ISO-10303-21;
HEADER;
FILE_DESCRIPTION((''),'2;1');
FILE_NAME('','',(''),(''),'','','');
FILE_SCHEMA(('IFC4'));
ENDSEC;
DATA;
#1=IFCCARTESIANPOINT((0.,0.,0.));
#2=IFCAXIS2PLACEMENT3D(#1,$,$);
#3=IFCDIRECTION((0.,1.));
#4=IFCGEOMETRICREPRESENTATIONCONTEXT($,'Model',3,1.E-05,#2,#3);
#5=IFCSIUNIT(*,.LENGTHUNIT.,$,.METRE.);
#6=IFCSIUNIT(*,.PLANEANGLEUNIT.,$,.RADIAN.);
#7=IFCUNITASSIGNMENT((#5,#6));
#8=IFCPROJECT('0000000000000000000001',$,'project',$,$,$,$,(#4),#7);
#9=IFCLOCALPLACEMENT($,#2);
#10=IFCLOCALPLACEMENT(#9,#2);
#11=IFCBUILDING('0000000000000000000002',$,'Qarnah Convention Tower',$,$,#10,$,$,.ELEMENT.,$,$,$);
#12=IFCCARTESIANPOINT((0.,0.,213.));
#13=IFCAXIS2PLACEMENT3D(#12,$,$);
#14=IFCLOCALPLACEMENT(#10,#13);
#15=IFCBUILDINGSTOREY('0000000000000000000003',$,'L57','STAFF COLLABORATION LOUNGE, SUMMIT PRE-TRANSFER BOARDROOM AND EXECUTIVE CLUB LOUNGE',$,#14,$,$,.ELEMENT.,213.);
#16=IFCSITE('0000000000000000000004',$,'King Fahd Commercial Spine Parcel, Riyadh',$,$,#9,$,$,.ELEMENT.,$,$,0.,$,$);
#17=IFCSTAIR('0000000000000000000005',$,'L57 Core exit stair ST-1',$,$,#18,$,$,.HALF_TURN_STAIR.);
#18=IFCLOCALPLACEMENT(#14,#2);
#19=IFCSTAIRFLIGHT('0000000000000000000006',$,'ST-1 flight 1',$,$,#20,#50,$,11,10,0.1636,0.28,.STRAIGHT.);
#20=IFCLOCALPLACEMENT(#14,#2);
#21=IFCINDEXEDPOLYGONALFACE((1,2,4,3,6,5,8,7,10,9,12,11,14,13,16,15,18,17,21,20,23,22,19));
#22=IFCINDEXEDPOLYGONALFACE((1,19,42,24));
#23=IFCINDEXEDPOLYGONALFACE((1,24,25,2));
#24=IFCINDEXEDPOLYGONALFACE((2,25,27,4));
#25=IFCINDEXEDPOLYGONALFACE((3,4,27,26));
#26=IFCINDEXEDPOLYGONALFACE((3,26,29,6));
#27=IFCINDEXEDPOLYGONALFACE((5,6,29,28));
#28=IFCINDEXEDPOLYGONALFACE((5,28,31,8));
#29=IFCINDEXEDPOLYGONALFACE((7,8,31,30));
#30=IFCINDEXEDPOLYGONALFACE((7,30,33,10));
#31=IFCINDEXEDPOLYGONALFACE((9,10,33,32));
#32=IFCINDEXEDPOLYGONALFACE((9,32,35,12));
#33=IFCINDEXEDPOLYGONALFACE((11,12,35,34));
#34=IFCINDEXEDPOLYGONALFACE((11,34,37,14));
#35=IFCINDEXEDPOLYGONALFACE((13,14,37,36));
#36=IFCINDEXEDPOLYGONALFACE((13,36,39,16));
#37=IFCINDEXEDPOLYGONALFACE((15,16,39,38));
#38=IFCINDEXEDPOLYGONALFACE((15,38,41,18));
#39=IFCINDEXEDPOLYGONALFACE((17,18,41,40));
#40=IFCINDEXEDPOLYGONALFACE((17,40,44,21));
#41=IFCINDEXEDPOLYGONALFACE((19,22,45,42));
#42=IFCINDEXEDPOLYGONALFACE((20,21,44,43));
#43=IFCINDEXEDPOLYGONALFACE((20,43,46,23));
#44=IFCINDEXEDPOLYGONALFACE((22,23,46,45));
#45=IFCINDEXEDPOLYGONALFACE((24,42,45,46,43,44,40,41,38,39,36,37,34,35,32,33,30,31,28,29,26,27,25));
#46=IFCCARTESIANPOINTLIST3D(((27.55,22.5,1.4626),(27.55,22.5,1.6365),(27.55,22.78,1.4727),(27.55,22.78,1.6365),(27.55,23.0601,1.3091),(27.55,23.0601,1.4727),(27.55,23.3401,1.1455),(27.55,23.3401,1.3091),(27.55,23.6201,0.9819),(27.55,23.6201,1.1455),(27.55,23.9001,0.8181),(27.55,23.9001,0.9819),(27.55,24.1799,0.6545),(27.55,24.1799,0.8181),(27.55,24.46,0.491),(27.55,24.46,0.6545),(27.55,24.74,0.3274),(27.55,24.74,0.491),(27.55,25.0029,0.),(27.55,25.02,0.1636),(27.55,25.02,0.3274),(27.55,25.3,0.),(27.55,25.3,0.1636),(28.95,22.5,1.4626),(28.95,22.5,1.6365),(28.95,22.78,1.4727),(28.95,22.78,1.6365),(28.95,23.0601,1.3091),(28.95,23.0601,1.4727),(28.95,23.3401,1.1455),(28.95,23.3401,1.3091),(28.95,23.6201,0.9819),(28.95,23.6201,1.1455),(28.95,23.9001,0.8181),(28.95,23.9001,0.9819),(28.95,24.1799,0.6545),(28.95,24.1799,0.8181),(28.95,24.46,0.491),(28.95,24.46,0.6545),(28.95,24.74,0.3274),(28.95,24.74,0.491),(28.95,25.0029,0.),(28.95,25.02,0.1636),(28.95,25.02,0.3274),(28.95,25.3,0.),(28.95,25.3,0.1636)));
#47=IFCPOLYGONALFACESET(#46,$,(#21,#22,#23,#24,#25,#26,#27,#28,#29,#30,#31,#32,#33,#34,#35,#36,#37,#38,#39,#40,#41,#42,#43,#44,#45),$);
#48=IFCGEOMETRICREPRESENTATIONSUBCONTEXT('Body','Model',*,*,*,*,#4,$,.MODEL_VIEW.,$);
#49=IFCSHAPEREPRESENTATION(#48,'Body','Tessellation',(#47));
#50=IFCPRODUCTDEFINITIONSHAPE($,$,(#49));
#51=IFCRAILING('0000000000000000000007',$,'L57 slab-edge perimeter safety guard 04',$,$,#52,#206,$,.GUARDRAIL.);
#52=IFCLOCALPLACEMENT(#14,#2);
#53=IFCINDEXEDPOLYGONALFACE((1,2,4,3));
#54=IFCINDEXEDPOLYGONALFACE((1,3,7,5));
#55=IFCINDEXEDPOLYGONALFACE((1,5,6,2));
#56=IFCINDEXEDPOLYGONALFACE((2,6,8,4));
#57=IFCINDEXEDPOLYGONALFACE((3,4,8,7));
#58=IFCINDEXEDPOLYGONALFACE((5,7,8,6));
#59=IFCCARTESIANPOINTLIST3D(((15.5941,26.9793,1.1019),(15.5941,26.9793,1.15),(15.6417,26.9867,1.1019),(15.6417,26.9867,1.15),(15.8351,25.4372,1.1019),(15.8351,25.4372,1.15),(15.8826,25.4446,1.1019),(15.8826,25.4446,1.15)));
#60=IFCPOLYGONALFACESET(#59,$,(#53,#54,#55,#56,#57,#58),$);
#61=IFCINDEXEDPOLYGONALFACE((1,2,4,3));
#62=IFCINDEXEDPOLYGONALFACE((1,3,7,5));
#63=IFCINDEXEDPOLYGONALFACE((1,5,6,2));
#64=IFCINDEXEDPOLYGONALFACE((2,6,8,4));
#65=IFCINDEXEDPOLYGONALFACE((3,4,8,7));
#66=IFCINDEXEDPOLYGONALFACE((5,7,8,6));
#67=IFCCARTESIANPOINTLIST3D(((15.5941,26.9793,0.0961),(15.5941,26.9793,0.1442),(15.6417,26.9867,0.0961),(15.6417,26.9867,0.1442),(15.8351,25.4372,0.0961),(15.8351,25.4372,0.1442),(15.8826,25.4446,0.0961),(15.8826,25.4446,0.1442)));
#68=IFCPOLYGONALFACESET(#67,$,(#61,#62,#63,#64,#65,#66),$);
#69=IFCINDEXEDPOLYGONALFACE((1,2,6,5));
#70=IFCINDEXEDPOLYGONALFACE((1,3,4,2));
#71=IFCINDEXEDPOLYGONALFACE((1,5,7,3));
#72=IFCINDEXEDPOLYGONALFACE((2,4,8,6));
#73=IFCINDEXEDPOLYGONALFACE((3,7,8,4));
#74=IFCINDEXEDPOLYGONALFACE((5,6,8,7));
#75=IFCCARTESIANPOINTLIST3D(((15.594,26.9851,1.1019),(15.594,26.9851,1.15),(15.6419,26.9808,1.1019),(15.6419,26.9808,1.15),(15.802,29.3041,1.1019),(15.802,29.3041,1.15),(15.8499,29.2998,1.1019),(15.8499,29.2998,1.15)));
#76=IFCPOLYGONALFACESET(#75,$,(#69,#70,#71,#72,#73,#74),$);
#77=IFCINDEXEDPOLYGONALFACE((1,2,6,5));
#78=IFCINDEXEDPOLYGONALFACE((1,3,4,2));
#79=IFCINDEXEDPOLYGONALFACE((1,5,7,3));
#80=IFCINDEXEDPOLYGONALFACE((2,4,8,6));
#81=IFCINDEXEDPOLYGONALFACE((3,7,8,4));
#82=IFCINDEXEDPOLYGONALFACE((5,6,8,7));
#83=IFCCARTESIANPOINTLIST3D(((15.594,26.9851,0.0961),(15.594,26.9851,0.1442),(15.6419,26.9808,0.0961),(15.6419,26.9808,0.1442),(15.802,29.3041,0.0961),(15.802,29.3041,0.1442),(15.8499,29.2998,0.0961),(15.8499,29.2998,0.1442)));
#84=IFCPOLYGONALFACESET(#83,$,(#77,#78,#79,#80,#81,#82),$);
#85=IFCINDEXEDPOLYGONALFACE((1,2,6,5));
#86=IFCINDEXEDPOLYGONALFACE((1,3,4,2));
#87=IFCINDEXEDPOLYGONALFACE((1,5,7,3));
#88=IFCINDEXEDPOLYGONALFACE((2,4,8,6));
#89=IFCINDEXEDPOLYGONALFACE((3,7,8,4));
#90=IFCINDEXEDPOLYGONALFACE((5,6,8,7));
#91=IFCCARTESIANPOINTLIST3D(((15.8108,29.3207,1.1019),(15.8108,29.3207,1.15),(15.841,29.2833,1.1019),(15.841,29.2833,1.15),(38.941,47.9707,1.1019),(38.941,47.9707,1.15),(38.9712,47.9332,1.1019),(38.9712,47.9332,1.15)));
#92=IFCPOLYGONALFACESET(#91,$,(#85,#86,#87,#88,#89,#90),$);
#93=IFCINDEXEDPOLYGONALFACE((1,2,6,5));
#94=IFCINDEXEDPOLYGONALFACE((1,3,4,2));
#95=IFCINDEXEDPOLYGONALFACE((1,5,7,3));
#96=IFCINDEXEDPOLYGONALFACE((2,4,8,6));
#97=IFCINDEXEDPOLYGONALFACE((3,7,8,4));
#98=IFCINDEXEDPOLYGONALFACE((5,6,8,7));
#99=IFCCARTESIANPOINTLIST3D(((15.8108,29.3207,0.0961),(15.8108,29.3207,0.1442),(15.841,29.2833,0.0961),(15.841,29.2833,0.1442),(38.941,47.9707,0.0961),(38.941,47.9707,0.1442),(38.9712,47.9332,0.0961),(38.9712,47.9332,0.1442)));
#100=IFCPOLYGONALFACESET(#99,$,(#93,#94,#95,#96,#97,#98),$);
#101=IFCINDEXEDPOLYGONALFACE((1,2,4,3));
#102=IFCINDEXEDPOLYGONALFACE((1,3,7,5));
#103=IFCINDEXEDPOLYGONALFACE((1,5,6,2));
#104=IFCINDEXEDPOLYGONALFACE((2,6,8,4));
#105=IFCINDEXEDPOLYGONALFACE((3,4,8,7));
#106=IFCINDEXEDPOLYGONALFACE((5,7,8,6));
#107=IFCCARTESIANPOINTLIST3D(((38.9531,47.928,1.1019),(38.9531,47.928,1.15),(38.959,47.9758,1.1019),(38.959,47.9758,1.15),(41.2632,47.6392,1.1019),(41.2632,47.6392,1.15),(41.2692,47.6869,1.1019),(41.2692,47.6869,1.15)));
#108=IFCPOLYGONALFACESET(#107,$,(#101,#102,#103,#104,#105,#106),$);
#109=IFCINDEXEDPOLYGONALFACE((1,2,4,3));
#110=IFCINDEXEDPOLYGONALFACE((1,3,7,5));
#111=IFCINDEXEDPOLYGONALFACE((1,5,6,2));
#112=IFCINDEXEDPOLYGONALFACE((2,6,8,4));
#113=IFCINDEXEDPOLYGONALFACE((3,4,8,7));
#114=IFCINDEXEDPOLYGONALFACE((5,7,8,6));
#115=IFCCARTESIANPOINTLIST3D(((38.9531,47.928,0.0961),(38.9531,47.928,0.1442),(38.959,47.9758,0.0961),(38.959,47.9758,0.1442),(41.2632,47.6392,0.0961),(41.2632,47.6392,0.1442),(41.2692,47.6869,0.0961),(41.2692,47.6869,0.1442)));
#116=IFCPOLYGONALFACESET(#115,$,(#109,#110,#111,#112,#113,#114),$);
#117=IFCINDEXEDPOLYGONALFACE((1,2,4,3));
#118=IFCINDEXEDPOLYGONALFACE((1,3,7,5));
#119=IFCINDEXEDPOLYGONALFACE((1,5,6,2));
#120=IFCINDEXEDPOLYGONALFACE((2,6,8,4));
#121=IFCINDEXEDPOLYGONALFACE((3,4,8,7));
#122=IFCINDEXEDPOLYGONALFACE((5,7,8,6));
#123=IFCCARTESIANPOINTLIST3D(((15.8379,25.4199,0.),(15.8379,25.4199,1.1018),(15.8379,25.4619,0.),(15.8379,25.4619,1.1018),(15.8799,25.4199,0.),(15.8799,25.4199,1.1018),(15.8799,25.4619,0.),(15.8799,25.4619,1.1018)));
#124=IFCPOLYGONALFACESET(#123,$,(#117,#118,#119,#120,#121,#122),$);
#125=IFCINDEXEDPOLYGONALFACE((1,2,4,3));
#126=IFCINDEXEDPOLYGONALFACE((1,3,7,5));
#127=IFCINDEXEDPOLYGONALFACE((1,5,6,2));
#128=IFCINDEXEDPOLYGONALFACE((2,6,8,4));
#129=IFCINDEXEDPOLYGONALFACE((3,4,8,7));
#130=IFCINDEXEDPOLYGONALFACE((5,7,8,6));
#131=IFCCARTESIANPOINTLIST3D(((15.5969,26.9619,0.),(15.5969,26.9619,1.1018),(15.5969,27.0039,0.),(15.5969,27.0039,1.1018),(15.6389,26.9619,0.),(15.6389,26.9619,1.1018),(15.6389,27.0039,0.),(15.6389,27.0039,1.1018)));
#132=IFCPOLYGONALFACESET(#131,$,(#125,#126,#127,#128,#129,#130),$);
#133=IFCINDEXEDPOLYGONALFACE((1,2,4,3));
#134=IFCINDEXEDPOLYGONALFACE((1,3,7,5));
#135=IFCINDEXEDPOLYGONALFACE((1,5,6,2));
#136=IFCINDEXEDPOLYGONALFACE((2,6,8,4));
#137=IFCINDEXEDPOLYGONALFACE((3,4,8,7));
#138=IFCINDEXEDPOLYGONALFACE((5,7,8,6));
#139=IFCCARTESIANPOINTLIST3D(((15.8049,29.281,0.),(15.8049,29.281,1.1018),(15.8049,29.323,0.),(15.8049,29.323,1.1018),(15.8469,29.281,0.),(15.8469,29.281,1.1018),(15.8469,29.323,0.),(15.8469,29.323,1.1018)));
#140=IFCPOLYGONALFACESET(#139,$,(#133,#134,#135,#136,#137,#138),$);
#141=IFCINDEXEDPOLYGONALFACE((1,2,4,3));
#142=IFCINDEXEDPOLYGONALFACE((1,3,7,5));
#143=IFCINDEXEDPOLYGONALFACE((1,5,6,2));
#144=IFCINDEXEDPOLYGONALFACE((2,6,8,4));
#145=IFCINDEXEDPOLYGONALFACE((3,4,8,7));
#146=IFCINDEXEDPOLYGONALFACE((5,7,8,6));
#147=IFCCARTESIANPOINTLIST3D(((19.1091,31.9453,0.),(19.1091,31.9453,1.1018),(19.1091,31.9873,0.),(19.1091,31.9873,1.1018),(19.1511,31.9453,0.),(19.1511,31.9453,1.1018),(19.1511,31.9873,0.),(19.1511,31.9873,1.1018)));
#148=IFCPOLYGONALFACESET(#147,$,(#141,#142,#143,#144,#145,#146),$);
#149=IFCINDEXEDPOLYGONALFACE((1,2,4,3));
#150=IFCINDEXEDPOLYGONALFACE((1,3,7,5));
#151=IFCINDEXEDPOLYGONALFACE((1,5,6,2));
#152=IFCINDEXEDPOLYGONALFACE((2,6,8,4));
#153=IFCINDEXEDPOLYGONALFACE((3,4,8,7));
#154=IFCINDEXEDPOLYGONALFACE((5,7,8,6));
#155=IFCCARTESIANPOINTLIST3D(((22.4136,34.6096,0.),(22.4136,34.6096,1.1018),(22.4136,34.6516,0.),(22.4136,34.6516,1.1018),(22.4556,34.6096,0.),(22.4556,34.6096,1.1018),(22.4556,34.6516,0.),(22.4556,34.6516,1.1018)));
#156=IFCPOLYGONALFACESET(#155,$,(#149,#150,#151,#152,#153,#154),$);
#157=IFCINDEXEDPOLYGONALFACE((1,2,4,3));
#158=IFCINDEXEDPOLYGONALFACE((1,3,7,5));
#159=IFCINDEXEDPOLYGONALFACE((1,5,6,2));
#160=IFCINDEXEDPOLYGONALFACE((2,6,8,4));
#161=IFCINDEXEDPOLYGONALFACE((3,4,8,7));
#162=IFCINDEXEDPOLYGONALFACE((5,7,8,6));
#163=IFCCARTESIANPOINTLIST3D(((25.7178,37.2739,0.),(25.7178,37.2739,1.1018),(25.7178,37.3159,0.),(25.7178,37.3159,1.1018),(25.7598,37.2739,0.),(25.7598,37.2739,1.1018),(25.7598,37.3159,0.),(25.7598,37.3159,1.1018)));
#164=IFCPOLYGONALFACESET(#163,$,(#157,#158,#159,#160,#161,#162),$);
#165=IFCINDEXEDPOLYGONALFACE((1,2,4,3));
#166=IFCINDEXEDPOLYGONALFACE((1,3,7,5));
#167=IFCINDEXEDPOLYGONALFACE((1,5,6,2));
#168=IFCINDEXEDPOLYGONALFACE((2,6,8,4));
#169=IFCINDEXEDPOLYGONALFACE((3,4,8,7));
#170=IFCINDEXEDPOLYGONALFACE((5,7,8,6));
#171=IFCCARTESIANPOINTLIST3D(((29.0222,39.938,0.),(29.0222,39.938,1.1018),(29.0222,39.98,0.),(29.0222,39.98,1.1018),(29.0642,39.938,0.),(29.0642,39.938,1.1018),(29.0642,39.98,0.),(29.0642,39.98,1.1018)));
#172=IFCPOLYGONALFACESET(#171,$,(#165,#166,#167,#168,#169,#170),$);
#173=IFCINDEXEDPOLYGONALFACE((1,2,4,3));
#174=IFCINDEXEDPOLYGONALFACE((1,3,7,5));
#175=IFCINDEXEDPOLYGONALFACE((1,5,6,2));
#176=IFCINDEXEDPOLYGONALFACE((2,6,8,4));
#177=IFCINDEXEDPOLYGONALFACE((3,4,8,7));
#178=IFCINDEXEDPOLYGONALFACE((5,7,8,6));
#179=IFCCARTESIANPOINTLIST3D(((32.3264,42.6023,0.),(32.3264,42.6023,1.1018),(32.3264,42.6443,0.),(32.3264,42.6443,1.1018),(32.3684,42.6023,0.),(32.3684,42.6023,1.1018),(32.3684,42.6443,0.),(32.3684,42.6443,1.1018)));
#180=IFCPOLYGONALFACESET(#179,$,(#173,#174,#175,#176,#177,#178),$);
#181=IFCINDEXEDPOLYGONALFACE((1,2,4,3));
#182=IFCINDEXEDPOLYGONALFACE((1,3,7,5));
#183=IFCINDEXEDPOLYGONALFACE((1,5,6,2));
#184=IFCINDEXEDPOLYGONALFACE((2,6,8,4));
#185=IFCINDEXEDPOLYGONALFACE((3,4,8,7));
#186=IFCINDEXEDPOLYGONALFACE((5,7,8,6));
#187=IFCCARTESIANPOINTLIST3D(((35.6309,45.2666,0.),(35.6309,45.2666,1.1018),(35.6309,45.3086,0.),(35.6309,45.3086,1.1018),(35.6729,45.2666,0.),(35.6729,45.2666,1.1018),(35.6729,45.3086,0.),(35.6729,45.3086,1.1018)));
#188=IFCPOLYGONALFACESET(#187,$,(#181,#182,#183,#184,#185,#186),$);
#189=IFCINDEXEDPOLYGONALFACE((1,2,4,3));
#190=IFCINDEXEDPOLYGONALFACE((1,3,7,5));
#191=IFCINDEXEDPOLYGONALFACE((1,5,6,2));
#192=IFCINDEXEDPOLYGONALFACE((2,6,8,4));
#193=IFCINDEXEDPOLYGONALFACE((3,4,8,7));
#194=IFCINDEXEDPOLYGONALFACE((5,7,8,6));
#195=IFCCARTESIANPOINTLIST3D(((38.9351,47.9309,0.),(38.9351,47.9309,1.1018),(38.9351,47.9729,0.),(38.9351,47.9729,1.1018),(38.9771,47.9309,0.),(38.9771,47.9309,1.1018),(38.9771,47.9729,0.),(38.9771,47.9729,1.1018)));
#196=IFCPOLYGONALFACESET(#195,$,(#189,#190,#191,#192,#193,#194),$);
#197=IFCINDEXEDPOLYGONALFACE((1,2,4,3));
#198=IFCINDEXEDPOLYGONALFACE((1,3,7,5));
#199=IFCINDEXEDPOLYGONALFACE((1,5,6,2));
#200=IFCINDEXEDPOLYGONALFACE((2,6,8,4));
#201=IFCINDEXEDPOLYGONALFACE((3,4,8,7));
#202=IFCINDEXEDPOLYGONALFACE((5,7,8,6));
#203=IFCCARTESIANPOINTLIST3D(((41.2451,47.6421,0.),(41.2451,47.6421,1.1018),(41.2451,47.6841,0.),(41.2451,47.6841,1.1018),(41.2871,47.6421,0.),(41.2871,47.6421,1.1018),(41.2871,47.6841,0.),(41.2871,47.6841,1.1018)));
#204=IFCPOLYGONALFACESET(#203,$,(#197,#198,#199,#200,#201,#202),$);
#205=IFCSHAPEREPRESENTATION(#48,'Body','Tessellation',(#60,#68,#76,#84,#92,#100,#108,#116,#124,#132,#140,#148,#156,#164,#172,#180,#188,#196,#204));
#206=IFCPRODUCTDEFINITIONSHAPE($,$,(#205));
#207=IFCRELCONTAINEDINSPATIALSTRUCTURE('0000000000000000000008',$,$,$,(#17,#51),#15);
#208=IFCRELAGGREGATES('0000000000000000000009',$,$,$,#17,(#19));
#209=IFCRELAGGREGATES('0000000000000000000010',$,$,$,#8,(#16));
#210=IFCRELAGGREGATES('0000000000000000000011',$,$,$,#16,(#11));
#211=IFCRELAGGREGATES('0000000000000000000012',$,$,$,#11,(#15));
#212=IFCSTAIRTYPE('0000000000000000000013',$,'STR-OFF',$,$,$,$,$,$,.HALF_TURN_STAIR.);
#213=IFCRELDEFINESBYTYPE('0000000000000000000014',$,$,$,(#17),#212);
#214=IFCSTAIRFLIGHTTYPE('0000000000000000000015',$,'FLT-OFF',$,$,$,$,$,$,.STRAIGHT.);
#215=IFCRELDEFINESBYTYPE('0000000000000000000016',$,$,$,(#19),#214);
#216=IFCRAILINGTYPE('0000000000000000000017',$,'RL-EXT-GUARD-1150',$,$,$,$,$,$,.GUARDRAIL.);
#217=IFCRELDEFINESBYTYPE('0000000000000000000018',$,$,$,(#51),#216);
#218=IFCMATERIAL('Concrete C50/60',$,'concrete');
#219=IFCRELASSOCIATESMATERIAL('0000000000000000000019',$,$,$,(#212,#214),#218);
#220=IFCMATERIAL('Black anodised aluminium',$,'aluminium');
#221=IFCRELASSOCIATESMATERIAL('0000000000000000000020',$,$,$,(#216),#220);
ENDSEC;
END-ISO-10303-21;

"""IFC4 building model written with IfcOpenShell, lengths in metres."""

from ifc_helpers import new_model, si_unit, direction, frame, origin, origin_2d, place, context, subcontext, project, spatial, polyline, rectangle, outline, extrude, material, type_object, element, aggregate, save


model = new_model("IFC4")

# Units and contexts
model_context = context("Model", 3, precision=1e-05, world=origin(), true_north=direction((0.0, 1.0)))
body_context = subcontext(model_context, "Body", "Model", "MODEL_VIEW")
ifc_project = project(units=[si_unit("LENGTHUNIT", "METRE"), si_unit("PLANEANGLEUNIT", "RADIAN")], contexts=[model_context])

# Site, building, storey
site_placement = place(None, origin())
site = spatial("IfcSite", under=ifc_project, at=site_placement, Name="King Fahd Commercial Spine Parcel, Riyadh", CompositionType="ELEMENT", RefElevation=0.0)
building_placement = place(site_placement, origin())
building = spatial("IfcBuilding", under=site, at=building_placement, Name="Qarnah Convention Tower", CompositionType="ELEMENT")
storey_placement = place(building_placement, frame((0.0, 0.0, 213.0)))
storey = spatial("IfcBuildingStorey", under=building, at=storey_placement, Name="L57", Description="STAFF COLLABORATION LOUNGE, SUMMIT PRE-TRANSFER BOARDROOM AND EXECUTIVE CLUB LOUNGE", CompositionType="ELEMENT", Elevation=213.0)

# Shared definitions
ifc_material_1 = material(Name="Concrete C50/60", Category="concrete")

# Shared definitions
ifc_material_2 = material(Name="Black anodised aluminium", Category="aluminium")

# Stair, stair flight
stair_type = type_object("IfcStairType", Name="STR-OFF", PredefinedType="HALF_TURN_STAIR", material=ifc_material_1)
stair_placement = place(storey_placement, origin())
stair = element("IfcStair", 1, at=stair_placement, inside=storey, type_object=stair_type, Name="L57 Core exit stair ST-1", PredefinedType="HALF_TURN_STAIR")
stair_flight_type = type_object("IfcStairFlightType", Name="FLT-OFF", PredefinedType="STRAIGHT", material=ifc_material_1)
stair_flight_placement = place(storey_placement, frame((28.25, 25.3, 0.0), z_axis=(0.0, 0.0, 1.0), x_axis=(0.0, -1.0, 0.0)))
stair_flight = element("IfcStairFlight", 2, at=stair_flight_placement, type_object=stair_flight_type, Name="ST-1 flight 1", NumberOfRisers=11, NumberOfTreads=10, PredefinedType="STRAIGHT", RiserHeight=0.1636, TreadLength=0.28, context=body_context, shape_type="SweptSolid", body=[
    extrude(outline(polyline([(0.0, 0.0), (0.0, 0.1636), (0.28, 0.1636), (0.28, 0.3274), (0.5601, 0.3274), (0.5601, 0.491), (0.8401, 0.491), (0.8401, 0.6545), (1.1201, 0.6545), (1.1201, 0.8181), (1.3999, 0.8181), (1.3999, 0.9819), (1.6799, 0.9819), (1.6799, 1.1455), (1.96, 1.1455), (1.96, 1.3091), (2.24, 1.3091), (2.24, 1.4727), (2.52, 1.4727), (2.52, 1.6365), (2.8, 1.6365), (2.8, 1.8), (2.8, 1.4626), (0.2971, 0.0), (0.0, 0.0)])), frame((0.0, 0.7, 0.0), z_axis=(0.0, -1.0, 0.0), x_axis=(1.0, 0.0, 0.0)), (0.0, 0.0, 1.0), 1.3999),
])
aggregate(stair, [stair_flight])

# Railing
railing_type_1 = type_object("IfcRailingType", Name="RL-EXT-GUARD-1150", PredefinedType="GUARDRAIL", material=ifc_material_2)
railing_1_placement = place(storey_placement, frame((15.8589, 25.4409, 0.0)))
element("IfcRailing", 3, at=railing_1_placement, inside=storey, type_object=railing_type_1, Name="L57 slab-edge perimeter safety guard 04", PredefinedType="GUARDRAIL", context=body_context, shape_type="SweptSolid", body=[
    extrude(rectangle(XDim=0.0481, YDim=0.0481, at=origin_2d()), frame((0.0, 0.0, 1.126), z_axis=(-0.154396, 0.988009, 0.0), x_axis=(-0.988009, -0.154396, 0.0)), (0.0, 0.0, 1.0), 1.5608),
    extrude(rectangle(XDim=0.0481, YDim=0.0481, at=origin_2d()), frame((0.0, 0.0, 0.1201), z_axis=(-0.154396, 0.988009, 0.0), x_axis=(-0.988009, -0.154396, 0.0)), (0.0, 0.0, 1.0), 1.5608),
    extrude(rectangle(XDim=0.0481, YDim=0.0481, at=origin_2d()), frame((-0.241, 1.542, 1.126), z_axis=(0.089335, 0.996002, 0.0), x_axis=(-0.996002, 0.089335, 0.0)), (0.0, 0.0, 1.0), 2.3284),
    extrude(rectangle(XDim=0.0481, YDim=0.0481, at=origin_2d()), frame((-0.241, 1.542, 0.1201), z_axis=(0.089335, 0.996002, 0.0), x_axis=(-0.996002, 0.089335, 0.0)), (0.0, 0.0, 1.0), 2.3284),
    extrude(rectangle(XDim=0.0481, YDim=0.0481, at=origin_2d()), frame((-0.033, 3.8611, 1.126), z_axis=(0.778469, 0.627683, 0.0), x_axis=(-0.627683, 0.778469, 0.0)), (0.0, 0.0, 1.0), 29.7124),
    extrude(rectangle(XDim=0.0481, YDim=0.0481, at=origin_2d()), frame((-0.033, 3.8611, 0.1201), z_axis=(0.778469, 0.627683, 0.0), x_axis=(-0.627683, 0.778469, 0.0)), (0.0, 0.0, 1.0), 29.7124),
    extrude(rectangle(XDim=0.0481, YDim=0.0481, at=origin_2d()), frame((23.0972, 22.511, 1.126), z_axis=(0.992275, -0.124061, 0.0), x_axis=(0.124061, 0.992275, 0.0)), (0.0, 0.0, 1.0), 2.3281),
    extrude(rectangle(XDim=0.0481, YDim=0.0481, at=origin_2d()), frame((23.0972, 22.511, 0.1201), z_axis=(0.992275, -0.124061, 0.0), x_axis=(0.124061, 0.992275, 0.0)), (0.0, 0.0, 1.0), 2.3281),
    extrude(rectangle(XDim=0.042, YDim=0.042, at=origin_2d()), origin(), (0.0, 0.0, 1.0), 1.1018),
    extrude(rectangle(XDim=0.042, YDim=0.042, at=origin_2d()), frame((-0.241, 1.542, 0.0)), (0.0, 0.0, 1.0), 1.1018),
    extrude(rectangle(XDim=0.042, YDim=0.042, at=origin_2d()), frame((-0.033, 3.8611, 0.0)), (0.0, 0.0, 1.0), 1.1018),
    extrude(rectangle(XDim=0.042, YDim=0.042, at=origin_2d()), frame((3.2712, 6.5254, 0.0)), (0.0, 0.0, 1.0), 1.1018),
    extrude(rectangle(XDim=0.042, YDim=0.042, at=origin_2d()), frame((6.5757, 9.1897, 0.0)), (0.0, 0.0, 1.0), 1.1018),
    extrude(rectangle(XDim=0.042, YDim=0.042, at=origin_2d()), frame((9.8799, 11.854, 0.0)), (0.0, 0.0, 1.0), 1.1018),
    extrude(rectangle(XDim=0.042, YDim=0.042, at=origin_2d()), frame((13.1843, 14.5181, 0.0)), (0.0, 0.0, 1.0), 1.1018),
    extrude(rectangle(XDim=0.042, YDim=0.042, at=origin_2d()), frame((16.4885, 17.1824, 0.0)), (0.0, 0.0, 1.0), 1.1018),
    extrude(rectangle(XDim=0.042, YDim=0.042, at=origin_2d()), frame((19.793, 19.8467, 0.0)), (0.0, 0.0, 1.0), 1.1018),
    extrude(rectangle(XDim=0.042, YDim=0.042, at=origin_2d()), frame((23.0972, 22.511, 0.0)), (0.0, 0.0, 1.0), 1.1018),
    extrude(rectangle(XDim=0.042, YDim=0.042, at=origin_2d()), frame((25.4072, 22.2222, 0.0)), (0.0, 0.0, 1.0), 1.1018),
])

save(model, "model.ifc")
